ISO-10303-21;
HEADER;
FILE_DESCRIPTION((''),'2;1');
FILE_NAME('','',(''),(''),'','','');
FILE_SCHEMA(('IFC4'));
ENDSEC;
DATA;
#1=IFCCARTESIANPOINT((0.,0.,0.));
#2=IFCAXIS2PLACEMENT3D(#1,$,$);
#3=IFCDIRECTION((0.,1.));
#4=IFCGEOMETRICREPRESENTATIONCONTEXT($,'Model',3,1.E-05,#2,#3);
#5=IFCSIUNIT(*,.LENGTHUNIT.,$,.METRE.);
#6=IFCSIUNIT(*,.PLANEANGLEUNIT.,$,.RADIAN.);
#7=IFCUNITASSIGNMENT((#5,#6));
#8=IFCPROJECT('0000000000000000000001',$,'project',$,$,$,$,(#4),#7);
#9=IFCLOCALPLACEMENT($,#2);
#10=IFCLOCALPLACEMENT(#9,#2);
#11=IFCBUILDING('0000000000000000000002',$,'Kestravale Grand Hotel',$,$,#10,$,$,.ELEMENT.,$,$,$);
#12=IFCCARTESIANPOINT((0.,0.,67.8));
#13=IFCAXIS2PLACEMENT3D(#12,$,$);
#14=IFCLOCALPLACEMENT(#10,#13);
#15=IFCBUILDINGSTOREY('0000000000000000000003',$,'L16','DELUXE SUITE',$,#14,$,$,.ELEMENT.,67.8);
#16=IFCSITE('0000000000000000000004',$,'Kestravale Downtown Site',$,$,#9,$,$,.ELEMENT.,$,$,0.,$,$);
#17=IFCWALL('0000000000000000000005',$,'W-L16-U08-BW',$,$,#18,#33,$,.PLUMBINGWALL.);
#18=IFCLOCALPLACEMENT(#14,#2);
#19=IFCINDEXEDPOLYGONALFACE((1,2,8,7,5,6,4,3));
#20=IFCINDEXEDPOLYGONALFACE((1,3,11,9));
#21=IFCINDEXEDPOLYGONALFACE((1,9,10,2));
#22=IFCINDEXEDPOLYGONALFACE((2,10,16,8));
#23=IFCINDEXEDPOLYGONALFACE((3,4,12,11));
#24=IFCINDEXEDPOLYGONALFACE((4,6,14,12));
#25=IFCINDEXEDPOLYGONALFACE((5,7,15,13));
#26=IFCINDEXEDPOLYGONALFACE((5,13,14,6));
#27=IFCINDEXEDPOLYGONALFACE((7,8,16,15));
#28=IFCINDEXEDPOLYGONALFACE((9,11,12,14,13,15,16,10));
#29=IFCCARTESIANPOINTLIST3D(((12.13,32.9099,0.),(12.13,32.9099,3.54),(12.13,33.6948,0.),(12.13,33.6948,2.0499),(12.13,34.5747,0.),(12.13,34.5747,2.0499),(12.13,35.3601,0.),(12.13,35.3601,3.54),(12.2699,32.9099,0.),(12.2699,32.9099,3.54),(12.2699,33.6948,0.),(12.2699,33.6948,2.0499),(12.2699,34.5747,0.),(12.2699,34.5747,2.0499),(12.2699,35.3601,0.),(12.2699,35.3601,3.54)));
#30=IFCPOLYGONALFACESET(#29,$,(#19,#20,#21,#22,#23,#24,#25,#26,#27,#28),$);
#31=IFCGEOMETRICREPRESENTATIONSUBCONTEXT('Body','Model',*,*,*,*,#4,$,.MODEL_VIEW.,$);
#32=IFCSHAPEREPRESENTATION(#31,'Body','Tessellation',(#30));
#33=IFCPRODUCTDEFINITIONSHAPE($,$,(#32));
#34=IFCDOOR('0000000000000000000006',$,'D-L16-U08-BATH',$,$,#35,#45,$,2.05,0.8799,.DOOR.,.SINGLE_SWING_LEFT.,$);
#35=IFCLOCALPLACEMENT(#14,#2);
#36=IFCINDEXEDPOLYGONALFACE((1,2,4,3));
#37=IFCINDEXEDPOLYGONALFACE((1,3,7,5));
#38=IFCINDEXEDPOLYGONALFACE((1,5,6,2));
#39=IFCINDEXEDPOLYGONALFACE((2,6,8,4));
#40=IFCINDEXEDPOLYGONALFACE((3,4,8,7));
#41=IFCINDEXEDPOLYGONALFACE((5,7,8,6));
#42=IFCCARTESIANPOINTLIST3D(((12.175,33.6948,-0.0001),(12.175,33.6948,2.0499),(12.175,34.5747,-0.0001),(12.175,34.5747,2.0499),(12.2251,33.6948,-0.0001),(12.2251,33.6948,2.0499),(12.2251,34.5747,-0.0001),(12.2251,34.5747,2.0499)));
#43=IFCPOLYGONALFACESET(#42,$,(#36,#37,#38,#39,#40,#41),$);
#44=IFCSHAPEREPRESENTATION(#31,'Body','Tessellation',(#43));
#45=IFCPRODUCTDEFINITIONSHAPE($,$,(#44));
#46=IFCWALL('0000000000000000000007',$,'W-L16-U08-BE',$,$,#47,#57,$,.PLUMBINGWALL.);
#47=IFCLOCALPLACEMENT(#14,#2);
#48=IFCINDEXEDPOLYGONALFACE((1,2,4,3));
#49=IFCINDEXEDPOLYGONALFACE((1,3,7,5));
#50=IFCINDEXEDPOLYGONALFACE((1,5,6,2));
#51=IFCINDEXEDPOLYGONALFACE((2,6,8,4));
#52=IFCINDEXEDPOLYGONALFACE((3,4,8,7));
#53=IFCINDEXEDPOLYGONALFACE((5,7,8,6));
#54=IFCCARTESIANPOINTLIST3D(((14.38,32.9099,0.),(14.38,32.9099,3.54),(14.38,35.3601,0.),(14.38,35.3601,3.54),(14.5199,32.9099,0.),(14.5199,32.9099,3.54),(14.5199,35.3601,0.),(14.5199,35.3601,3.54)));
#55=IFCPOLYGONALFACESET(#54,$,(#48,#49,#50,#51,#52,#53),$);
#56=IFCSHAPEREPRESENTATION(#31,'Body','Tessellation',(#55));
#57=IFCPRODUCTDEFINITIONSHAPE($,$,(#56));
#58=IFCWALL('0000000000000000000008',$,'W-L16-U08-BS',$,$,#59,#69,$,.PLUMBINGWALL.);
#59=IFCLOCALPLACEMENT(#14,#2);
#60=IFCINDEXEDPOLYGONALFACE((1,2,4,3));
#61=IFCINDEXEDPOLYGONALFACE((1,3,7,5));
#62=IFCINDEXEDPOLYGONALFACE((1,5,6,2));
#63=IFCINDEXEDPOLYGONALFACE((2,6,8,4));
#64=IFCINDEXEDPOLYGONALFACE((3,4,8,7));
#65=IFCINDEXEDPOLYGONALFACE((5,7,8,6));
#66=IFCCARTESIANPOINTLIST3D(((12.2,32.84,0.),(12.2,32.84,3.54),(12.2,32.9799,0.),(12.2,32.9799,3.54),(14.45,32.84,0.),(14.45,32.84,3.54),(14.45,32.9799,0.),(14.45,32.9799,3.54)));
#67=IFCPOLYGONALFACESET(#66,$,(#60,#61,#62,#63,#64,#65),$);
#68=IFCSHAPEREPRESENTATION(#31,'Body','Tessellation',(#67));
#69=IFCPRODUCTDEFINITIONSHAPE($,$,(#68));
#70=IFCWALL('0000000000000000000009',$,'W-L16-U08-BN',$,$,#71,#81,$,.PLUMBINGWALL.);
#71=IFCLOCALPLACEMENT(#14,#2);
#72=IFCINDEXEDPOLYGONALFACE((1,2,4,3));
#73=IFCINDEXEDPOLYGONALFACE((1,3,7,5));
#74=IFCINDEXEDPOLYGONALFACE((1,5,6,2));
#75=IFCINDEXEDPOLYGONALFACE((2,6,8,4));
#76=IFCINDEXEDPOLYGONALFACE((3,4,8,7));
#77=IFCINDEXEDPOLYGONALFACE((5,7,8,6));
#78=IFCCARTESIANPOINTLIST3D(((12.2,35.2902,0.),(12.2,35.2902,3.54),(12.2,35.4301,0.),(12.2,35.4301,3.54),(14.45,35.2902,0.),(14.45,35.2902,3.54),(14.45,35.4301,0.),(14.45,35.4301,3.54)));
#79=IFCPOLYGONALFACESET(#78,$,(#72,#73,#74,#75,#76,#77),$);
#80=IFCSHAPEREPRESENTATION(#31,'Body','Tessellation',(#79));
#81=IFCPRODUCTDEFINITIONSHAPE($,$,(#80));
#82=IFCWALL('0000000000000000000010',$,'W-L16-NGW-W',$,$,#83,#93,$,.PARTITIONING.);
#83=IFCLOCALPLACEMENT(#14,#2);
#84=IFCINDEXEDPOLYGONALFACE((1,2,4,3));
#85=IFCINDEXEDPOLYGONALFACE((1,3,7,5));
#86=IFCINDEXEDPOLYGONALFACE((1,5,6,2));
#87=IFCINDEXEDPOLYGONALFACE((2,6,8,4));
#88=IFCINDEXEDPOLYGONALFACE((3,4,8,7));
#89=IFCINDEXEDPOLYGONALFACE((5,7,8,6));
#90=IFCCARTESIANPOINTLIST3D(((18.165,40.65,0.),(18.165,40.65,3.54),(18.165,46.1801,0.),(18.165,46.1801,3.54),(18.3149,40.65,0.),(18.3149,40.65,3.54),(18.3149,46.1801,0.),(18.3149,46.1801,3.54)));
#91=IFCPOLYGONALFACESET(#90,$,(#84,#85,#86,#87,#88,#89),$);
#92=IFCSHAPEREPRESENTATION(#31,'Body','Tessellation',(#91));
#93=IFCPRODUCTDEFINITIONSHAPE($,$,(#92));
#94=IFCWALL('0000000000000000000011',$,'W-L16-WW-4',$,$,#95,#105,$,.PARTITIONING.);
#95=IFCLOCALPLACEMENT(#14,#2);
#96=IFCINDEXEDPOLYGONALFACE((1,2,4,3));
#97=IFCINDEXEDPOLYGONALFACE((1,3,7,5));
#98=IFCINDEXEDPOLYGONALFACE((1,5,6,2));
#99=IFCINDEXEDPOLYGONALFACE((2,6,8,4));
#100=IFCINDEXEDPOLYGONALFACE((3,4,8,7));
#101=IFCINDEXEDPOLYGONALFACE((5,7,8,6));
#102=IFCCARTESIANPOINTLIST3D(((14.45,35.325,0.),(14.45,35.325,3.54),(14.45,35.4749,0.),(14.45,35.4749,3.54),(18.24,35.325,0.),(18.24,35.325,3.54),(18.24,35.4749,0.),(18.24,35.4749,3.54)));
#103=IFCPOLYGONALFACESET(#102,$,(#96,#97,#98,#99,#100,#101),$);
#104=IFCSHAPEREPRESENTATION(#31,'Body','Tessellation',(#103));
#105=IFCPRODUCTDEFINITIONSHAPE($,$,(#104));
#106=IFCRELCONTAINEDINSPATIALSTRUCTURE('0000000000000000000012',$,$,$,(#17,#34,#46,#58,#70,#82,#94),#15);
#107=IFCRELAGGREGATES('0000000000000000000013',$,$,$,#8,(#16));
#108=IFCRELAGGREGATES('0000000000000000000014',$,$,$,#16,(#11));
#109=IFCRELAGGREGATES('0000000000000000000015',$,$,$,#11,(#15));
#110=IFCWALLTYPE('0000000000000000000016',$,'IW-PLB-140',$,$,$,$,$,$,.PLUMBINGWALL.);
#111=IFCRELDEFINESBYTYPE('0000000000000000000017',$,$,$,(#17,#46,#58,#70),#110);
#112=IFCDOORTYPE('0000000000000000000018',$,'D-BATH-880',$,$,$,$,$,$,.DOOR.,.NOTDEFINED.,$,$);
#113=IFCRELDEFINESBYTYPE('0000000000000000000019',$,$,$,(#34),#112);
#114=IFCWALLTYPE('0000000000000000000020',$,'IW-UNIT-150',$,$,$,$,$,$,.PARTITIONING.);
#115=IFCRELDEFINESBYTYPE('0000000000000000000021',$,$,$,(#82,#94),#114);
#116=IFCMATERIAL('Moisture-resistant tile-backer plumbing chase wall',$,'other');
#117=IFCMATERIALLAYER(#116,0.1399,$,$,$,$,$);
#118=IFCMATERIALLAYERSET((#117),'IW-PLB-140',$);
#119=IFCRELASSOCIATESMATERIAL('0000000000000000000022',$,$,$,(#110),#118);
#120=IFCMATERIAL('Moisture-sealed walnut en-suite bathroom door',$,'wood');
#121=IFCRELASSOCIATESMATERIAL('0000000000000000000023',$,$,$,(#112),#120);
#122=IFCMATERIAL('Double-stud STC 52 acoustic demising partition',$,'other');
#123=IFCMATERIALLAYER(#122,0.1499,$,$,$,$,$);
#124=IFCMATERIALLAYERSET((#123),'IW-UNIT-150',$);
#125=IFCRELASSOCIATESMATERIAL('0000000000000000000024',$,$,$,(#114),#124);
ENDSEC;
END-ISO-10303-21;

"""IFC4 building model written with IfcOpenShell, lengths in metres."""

from ifc_helpers import new_model, si_unit, direction, frame, frame_2d, origin, place, context, subcontext, project, spatial, rectangle, extrude, material, layer, layer_set, type_object, element, fill, save


model = new_model("IFC4")

# Units and contexts
model_context = context("Model", 3, precision=1e-05, world=origin(), true_north=direction((0.0, 1.0)))
body_context = subcontext(model_context, "Body", "Model", "MODEL_VIEW")
ifc_project = project(units=[si_unit("LENGTHUNIT", "METRE"), si_unit("PLANEANGLEUNIT", "RADIAN")], contexts=[model_context])

# Site, building, storey
site_placement = place(None, origin())
site = spatial("IfcSite", under=ifc_project, at=site_placement, Name="Kestravale Downtown Site", CompositionType="ELEMENT", RefElevation=0.0)
building_placement = place(site_placement, origin())
building = spatial("IfcBuilding", under=site, at=building_placement, Name="Kestravale Grand Hotel", CompositionType="ELEMENT")
storey_placement = place(building_placement, frame((0.0, 0.0, 67.8)))
storey = spatial("IfcBuildingStorey", under=building, at=storey_placement, Name="L16", Description="DELUXE SUITE", CompositionType="ELEMENT", Elevation=67.8)

# Wall, opening, door
ifc_material_1 = material(Name="Moisture-resistant tile-backer plumbing chase wall", Category="other")
ifc_layer_1 = layer(ifc_material_1, 0.1399)
ifc_layer_set_1 = layer_set([ifc_layer_1], Name="IW-PLB-140")
wall_type_1 = type_object("IfcWallType", Name="IW-PLB-140", PredefinedType="PLUMBINGWALL", material=ifc_layer_set_1)
wall_1_placement = place(storey_placement, frame((12.2, 32.9099, 0.0), z_axis=(0.0, 0.0, 1.0), x_axis=(0.0, 1.0, 0.0)))
wall_1 = element("IfcWall", 1, at=wall_1_placement, inside=storey, type_object=wall_type_1, Name="W-L16-U08-BW", PredefinedType="PLUMBINGWALL", context=body_context, shape_type="SweptSolid", body=[
    extrude(rectangle(XDim=2.4502, YDim=0.1399, at=frame_2d((1.2251, 0.0))), origin(), (0.0, 0.0, 1.0), 3.54),
])
opening_1_placement = place(wall_1_placement, frame((0.7849, 0.0, 0.0)))
opening_1 = element("IfcOpeningElement", 2, at=opening_1_placement, cuts=wall_1, PredefinedType="OPENING", context=body_context, shape_type="SweptSolid", body=[
    extrude(rectangle(XDim=0.8799, YDim=2.05, at=frame_2d((0.4399, 1.0249))), frame((0.0, 0.0798, 0.0), z_axis=(0.0, -1.0, 0.0), x_axis=(1.0, 0.0, 0.0)), (0.0, 0.0, 1.0), 0.1599),
])
ifc_material_2 = material(Name="Moisture-sealed walnut en-suite bathroom door", Category="wood")
door_type_1 = type_object("IfcDoorType", Name="D-BATH-880", OperationType="NOTDEFINED", PredefinedType="DOOR", material=ifc_material_2)
door_1_placement = place(opening_1_placement, origin())
door_1 = element("IfcDoor", 3, at=door_1_placement, inside=storey, type_object=door_type_1, Name="D-L16-U08-BATH", OperationType="SINGLE_SWING_LEFT", OverallHeight=2.05, OverallWidth=0.8799, PredefinedType="DOOR", context=body_context, shape_type="SweptSolid", body=[
    extrude(rectangle(XDim=0.8799, YDim=2.05, at=frame_2d((0.4399, 1.0249))), frame((0.0, 0.0249, 0.0), z_axis=(0.0, -1.0, 0.0), x_axis=(1.0, 0.0, 0.0)), (0.0, 0.0, 1.0), 0.05),
])
fill(opening_1, door_1)

# Walls
wall_2_placement = place(storey_placement, frame((14.45, 32.9099, 0.0), z_axis=(0.0, 0.0, 1.0), x_axis=(0.0, 1.0, 0.0)))
element("IfcWall", 4, at=wall_2_placement, inside=storey, type_object=wall_type_1, Name="W-L16-U08-BE", PredefinedType="PLUMBINGWALL", context=body_context, shape_type="SweptSolid", body=[
    extrude(rectangle(XDim=2.4502, YDim=0.1399, at=frame_2d((1.2251, 0.0))), origin(), (0.0, 0.0, 1.0), 3.54),
])
for number, where, z_axis, x_axis, name in (
    (5, (12.2, 32.9099, 0.0), (0.0, 0.0, 1.0), (1.0, 0.0, 0.0), "W-L16-U08-BS"),
    (6, (12.2, 35.3601, 0.0), (0.0, 0.0, 1.0), (1.0, 0.0, 0.0), "W-L16-U08-BN"),
):
    element("IfcWall", number, at=place(storey_placement, frame(where, z_axis=z_axis, x_axis=x_axis)), inside=storey, type_object=wall_type_1, Name=name, PredefinedType="PLUMBINGWALL", context=body_context, shape_type="SweptSolid", body=[
        extrude(rectangle(XDim=2.25, YDim=0.1399, at=frame_2d((1.125, 0.0))), origin(), (0.0, 0.0, 1.0), 3.54),
    ])

# Shared definitions
ifc_material_3 = material(Name="Double-stud STC 52 acoustic demising partition", Category="other")
ifc_layer_2 = layer(ifc_material_3, 0.1499)
ifc_layer_set_2 = layer_set([ifc_layer_2], Name="IW-UNIT-150")
wall_type_2 = type_object("IfcWallType", Name="IW-UNIT-150", PredefinedType="PARTITIONING", material=ifc_layer_set_2)

# Walls
wall_3_placement = place(storey_placement, frame((18.24, 40.6499, 0.0), z_axis=(0.0, 0.0, 1.0), x_axis=(0.0, 1.0, 0.0)))
element("IfcWall", 7, at=wall_3_placement, inside=storey, type_object=wall_type_2, Name="W-L16-NGW-W", PredefinedType="PARTITIONING", context=body_context, shape_type="SweptSolid", body=[
    extrude(rectangle(XDim=5.53, YDim=0.1499, at=frame_2d((2.7651, 0.0))), origin(), (0.0, 0.0, 1.0), 3.54),
])
wall_4_placement = place(storey_placement, frame((14.45, 35.3999, 0.0), z_axis=(0.0, 0.0, 1.0), x_axis=(1.0, 0.0, 0.0)))
element("IfcWall", 8, at=wall_4_placement, inside=storey, type_object=wall_type_2, Name="W-L16-WW-4", PredefinedType="PARTITIONING", context=body_context, shape_type="SweptSolid", body=[
    extrude(rectangle(XDim=3.79, YDim=0.1499, at=frame_2d((1.895, 0.0))), origin(), (0.0, 0.0, 1.0), 3.54),
])

save(model, "model.ifc")
